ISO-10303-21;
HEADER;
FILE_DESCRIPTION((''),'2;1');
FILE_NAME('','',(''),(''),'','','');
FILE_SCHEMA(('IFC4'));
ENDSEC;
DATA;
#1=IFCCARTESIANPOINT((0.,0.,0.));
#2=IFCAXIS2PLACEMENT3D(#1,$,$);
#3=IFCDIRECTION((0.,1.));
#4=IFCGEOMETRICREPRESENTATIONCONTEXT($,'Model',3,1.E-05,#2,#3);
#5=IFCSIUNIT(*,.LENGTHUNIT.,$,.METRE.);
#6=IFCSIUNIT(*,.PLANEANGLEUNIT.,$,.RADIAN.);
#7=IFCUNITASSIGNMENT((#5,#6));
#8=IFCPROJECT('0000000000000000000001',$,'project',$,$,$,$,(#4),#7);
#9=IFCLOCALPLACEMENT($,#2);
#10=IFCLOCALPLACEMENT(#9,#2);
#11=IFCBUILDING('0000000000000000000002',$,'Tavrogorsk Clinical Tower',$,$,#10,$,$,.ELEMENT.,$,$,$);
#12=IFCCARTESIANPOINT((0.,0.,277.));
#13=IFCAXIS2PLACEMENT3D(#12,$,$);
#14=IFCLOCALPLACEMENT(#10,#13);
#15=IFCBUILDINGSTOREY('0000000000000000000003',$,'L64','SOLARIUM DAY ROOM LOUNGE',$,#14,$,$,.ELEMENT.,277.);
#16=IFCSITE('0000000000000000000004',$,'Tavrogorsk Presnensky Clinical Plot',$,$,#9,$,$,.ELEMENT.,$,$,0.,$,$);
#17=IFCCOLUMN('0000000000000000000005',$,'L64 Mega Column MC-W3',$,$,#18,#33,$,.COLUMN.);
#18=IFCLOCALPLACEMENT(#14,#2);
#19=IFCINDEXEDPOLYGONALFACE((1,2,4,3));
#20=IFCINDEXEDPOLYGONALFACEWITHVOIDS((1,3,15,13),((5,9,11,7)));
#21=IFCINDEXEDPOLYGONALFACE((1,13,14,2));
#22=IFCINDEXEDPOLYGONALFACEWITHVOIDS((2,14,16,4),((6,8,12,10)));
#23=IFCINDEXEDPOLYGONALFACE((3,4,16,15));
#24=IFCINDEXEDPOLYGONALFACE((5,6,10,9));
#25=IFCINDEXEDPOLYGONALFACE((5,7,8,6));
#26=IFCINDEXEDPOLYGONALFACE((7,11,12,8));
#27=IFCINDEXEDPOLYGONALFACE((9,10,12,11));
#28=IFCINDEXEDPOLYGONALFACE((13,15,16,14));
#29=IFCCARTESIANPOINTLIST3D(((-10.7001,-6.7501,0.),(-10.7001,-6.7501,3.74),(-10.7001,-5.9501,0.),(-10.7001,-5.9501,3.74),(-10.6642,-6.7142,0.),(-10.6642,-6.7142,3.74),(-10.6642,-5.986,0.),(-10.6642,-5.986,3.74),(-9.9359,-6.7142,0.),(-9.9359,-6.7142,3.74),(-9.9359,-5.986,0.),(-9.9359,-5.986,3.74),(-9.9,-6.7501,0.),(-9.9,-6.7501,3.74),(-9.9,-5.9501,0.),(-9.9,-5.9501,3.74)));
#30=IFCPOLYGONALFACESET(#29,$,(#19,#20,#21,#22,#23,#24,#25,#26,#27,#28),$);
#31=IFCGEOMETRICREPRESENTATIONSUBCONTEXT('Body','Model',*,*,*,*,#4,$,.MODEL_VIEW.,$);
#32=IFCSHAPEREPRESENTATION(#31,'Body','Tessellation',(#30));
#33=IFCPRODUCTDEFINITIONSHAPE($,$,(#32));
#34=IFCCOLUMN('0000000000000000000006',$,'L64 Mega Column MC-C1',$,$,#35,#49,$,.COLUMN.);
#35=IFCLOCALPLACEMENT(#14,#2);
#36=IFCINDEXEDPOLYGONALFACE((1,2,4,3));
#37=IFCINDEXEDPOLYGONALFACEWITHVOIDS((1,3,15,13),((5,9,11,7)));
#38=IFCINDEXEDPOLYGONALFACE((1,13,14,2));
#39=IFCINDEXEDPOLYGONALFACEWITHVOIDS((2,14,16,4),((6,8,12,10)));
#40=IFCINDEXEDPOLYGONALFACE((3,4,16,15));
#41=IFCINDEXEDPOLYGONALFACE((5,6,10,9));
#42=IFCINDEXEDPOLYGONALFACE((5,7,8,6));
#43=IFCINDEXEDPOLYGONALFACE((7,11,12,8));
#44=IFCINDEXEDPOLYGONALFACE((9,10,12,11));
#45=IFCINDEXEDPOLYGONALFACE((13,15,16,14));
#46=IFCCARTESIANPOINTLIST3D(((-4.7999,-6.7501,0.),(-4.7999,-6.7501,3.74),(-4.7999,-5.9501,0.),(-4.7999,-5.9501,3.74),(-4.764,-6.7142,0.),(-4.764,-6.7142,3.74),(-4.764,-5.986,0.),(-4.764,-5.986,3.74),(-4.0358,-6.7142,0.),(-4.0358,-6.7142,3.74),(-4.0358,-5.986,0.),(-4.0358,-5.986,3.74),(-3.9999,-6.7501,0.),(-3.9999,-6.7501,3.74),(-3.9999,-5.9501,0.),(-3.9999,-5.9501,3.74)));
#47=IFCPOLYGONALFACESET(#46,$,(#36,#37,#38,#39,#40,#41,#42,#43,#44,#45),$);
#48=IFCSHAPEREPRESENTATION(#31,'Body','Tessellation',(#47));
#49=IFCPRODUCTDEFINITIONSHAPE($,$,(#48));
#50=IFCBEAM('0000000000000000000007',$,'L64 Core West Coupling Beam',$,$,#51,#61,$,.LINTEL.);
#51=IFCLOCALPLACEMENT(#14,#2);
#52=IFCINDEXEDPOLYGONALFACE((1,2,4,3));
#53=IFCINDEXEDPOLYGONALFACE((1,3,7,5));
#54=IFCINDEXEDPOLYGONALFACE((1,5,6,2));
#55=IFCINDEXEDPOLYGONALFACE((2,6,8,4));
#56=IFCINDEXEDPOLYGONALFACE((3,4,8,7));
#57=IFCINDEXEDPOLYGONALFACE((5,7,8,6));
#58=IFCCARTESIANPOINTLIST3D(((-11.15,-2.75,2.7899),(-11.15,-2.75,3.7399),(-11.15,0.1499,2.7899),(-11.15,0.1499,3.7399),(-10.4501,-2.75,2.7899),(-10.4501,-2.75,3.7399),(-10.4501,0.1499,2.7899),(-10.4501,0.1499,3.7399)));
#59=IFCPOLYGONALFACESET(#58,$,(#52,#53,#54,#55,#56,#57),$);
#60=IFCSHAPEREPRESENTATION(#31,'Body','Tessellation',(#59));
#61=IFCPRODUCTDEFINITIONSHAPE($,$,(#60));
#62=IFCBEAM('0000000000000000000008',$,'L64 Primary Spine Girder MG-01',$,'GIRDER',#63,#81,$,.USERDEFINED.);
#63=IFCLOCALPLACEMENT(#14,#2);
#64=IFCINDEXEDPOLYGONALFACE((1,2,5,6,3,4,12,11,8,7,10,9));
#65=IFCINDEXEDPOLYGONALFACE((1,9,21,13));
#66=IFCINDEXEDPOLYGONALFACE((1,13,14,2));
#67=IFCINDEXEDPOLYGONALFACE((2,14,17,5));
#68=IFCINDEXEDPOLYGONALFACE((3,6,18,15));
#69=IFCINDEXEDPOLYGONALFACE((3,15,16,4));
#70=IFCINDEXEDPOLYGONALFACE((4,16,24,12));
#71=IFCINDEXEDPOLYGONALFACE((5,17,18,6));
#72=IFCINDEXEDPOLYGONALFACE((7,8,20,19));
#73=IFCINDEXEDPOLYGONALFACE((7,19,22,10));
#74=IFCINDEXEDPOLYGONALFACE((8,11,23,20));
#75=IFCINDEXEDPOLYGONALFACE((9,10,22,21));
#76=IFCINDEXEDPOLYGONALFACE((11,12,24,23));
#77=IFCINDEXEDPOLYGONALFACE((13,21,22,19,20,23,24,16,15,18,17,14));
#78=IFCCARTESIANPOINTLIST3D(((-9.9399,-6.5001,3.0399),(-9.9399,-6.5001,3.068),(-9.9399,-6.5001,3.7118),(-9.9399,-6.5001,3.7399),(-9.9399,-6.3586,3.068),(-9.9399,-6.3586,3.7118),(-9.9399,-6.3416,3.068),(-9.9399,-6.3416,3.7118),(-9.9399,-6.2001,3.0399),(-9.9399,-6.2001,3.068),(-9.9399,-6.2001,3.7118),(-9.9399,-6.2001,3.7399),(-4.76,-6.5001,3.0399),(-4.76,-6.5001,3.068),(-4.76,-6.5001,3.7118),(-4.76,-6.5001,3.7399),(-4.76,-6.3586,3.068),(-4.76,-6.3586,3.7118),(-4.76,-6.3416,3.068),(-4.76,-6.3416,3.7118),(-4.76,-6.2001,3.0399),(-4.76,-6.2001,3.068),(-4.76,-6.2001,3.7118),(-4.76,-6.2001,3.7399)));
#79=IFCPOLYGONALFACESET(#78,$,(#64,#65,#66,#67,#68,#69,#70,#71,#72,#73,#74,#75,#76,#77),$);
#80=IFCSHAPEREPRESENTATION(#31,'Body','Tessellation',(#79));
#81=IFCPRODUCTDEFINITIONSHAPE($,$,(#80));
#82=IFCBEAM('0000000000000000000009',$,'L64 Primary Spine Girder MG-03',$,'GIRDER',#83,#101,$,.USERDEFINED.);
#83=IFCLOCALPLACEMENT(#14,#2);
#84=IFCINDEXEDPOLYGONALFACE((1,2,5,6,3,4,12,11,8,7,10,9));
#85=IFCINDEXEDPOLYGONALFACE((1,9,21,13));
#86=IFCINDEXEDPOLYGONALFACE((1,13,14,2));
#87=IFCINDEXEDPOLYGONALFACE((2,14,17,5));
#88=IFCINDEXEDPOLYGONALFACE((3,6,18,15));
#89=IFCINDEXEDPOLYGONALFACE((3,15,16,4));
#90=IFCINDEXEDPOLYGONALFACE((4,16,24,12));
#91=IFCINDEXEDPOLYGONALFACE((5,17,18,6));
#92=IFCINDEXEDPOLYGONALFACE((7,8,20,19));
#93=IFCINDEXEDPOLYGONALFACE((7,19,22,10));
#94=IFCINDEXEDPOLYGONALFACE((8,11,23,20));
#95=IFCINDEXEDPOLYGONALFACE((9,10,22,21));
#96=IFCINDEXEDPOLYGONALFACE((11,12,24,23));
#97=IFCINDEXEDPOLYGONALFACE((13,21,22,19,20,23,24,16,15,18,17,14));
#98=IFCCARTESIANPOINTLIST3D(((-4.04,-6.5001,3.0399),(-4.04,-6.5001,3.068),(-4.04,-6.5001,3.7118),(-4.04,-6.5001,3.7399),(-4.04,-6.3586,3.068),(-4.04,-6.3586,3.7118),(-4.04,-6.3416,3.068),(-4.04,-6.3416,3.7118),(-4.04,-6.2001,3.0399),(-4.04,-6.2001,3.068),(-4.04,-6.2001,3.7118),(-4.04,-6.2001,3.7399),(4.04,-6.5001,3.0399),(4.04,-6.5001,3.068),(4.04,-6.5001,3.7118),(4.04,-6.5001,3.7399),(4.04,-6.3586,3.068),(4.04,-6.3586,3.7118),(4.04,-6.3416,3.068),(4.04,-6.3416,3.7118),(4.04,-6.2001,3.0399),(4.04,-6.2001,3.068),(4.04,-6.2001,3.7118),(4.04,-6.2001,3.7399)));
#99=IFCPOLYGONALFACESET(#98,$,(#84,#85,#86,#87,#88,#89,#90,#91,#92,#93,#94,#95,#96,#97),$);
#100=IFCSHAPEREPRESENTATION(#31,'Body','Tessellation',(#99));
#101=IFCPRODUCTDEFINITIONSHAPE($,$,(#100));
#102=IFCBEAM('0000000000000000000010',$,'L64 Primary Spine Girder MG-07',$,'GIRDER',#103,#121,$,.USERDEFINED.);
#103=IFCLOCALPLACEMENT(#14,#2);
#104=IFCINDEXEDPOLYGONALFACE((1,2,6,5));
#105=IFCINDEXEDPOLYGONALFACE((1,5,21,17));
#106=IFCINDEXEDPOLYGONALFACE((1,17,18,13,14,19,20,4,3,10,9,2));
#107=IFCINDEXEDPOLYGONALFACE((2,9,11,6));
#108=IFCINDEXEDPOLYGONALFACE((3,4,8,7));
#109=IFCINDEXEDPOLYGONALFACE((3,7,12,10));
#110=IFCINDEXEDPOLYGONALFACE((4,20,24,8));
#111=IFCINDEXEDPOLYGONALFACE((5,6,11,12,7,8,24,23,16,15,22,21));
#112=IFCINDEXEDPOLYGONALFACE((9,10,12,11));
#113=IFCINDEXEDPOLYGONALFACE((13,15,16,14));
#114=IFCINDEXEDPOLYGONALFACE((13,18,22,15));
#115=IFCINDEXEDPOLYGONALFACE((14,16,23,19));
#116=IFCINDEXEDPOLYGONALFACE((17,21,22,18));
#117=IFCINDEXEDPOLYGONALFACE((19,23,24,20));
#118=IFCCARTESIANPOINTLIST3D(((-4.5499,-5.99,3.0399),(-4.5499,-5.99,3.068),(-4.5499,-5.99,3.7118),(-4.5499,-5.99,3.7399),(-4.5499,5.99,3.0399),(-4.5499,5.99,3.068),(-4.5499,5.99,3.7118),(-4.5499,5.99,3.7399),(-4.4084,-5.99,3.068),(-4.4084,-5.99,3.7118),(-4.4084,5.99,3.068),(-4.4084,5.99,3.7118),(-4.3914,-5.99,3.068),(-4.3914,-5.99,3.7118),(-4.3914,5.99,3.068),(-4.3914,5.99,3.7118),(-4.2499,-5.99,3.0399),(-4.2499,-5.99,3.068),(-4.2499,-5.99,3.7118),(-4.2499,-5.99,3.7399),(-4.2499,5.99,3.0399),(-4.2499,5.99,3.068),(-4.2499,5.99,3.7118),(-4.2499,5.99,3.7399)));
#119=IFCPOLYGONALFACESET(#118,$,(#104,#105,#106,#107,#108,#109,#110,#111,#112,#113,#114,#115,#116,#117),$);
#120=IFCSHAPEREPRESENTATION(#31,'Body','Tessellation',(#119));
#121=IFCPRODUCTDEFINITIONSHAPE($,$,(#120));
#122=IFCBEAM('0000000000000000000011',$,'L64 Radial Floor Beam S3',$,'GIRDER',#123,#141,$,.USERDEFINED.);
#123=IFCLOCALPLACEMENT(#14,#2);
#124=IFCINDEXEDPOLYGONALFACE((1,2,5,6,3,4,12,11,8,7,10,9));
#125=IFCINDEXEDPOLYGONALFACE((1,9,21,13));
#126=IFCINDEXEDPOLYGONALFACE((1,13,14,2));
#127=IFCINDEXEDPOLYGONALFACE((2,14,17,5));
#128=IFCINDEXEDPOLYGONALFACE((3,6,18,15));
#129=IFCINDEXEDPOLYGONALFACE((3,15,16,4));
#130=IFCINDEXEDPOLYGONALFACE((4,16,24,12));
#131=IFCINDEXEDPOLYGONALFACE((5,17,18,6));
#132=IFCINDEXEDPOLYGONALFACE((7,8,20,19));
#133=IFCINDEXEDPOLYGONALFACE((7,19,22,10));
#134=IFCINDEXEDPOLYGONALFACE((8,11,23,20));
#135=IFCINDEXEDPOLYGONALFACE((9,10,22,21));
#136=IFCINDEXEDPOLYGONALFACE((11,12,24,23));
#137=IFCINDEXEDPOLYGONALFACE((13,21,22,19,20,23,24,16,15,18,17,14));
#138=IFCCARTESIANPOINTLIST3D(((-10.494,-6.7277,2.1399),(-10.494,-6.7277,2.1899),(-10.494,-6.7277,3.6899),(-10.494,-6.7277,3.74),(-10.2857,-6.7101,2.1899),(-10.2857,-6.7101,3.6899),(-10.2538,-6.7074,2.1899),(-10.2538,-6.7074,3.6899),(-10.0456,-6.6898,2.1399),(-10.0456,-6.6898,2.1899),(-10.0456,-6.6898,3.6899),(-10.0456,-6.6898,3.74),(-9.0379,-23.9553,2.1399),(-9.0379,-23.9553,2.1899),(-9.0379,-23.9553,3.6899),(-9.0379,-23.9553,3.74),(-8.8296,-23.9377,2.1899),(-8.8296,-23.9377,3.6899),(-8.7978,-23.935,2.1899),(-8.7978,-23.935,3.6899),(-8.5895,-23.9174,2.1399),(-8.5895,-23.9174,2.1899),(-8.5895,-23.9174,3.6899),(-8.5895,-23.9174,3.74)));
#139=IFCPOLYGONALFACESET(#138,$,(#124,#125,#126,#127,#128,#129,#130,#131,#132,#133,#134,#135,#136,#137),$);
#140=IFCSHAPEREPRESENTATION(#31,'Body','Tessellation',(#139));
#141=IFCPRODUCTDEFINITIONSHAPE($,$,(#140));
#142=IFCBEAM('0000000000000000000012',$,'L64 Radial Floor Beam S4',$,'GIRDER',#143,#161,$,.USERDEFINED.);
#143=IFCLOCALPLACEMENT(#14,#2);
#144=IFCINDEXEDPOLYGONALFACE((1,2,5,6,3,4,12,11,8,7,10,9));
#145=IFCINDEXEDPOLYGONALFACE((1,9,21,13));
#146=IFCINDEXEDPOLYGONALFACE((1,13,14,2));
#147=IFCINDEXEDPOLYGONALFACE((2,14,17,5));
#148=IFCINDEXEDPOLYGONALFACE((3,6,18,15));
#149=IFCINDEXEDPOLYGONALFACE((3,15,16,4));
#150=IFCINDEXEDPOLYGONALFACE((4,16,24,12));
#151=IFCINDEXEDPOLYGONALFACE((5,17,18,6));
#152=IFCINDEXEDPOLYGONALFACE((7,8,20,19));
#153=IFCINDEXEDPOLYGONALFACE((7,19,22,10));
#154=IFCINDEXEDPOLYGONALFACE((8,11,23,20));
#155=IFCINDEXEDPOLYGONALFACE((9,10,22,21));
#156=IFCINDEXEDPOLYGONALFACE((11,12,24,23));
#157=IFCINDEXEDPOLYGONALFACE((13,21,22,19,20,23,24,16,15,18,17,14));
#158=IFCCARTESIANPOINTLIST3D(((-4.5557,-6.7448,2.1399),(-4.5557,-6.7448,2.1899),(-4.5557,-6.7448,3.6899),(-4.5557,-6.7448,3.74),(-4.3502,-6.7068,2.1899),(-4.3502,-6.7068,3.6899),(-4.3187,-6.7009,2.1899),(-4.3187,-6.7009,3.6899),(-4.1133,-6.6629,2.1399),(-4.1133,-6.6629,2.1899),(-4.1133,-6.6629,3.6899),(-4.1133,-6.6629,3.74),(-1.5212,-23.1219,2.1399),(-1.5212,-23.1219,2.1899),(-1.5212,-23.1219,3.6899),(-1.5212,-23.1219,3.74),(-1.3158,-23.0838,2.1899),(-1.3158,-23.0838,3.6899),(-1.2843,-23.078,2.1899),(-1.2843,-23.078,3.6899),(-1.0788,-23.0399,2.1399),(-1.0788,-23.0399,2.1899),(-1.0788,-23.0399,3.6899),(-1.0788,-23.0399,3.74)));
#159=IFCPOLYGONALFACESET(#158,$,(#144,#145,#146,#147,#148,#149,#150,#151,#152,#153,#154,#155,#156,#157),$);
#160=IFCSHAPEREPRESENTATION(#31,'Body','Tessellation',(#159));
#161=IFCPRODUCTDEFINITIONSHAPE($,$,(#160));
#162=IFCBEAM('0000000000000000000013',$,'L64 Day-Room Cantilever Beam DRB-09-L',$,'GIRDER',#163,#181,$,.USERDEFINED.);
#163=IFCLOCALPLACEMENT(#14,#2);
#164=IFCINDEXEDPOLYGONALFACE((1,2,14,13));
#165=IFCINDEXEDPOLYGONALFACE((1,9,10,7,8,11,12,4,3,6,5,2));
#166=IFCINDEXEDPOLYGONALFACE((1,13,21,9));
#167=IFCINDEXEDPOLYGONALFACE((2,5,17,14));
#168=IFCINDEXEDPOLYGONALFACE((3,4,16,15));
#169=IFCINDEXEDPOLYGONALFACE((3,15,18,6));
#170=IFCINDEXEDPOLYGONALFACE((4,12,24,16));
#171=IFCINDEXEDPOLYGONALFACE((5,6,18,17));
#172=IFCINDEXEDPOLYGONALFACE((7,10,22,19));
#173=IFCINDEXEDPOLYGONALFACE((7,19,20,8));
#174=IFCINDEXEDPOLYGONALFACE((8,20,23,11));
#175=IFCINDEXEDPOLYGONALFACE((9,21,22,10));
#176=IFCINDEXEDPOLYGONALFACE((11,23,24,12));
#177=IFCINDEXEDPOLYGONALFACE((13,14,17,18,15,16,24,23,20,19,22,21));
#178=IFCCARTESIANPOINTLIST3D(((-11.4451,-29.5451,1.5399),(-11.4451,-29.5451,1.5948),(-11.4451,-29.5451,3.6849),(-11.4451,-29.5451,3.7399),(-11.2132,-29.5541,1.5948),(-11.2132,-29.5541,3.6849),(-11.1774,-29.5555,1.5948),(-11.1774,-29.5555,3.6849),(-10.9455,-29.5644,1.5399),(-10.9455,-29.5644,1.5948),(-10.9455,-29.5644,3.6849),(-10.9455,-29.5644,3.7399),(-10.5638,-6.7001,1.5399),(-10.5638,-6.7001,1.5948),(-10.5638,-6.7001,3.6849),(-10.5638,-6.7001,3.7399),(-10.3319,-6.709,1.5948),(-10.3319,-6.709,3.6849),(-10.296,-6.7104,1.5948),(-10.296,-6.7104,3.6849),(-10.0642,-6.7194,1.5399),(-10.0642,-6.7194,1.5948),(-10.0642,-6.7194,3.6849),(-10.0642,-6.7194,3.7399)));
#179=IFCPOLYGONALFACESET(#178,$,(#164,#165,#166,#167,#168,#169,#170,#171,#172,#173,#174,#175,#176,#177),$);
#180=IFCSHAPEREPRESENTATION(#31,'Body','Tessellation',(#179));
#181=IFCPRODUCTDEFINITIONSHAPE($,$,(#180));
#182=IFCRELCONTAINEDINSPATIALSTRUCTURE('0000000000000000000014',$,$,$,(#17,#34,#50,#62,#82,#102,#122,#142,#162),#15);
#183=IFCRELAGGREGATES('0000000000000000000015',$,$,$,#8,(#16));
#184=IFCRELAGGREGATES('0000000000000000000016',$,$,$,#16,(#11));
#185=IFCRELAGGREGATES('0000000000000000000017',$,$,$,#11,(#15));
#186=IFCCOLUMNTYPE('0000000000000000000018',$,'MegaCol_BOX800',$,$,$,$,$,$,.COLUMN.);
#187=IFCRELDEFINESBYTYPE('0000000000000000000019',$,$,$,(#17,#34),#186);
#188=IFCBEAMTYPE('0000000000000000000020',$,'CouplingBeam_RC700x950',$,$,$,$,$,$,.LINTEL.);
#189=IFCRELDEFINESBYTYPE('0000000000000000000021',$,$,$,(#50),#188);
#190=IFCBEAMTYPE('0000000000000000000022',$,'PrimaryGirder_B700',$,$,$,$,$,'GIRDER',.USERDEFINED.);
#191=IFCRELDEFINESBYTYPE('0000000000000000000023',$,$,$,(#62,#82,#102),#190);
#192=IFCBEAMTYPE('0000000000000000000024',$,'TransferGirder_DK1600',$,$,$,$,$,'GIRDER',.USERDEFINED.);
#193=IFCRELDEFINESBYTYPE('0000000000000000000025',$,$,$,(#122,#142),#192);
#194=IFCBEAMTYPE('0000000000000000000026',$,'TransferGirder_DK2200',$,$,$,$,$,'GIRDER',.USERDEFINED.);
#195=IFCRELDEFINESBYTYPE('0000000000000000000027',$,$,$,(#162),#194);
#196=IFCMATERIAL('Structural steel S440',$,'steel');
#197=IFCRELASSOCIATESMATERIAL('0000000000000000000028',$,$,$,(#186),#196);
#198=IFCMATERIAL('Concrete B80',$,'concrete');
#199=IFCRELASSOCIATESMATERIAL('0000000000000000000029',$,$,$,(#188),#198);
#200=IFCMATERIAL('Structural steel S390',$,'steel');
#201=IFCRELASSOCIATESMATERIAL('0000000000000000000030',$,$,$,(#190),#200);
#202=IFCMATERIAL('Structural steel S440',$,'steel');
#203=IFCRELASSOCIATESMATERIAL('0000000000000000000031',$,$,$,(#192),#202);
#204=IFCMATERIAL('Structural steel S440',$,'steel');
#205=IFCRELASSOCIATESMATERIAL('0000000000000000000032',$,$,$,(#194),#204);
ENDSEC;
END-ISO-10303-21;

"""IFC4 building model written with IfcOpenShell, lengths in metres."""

from ifc_helpers import new_model, si_unit, direction, frame, origin, origin_2d, place, context, subcontext, project, spatial, rectangle, hollow_rectangle, i_section, extrude, material, material_profile, profile_set, type_object, element, save


model = new_model("IFC4")

# Units and contexts
model_context = context("Model", 3, precision=1e-05, world=origin(), true_north=direction((0.0, 1.0)))
body_context = subcontext(model_context, "Body", "Model", "MODEL_VIEW")
ifc_project = project(units=[si_unit("LENGTHUNIT", "METRE"), si_unit("PLANEANGLEUNIT", "RADIAN")], contexts=[model_context])

# Site, building, storey
site_placement = place(None, origin())
site = spatial("IfcSite", under=ifc_project, at=site_placement, Name="Tavrogorsk Presnensky Clinical Plot", CompositionType="ELEMENT", RefElevation=0.0)
building_placement = place(site_placement, origin())
building = spatial("IfcBuilding", under=site, at=building_placement, Name="Tavrogorsk Clinical Tower", CompositionType="ELEMENT")
storey_placement = place(building_placement, frame((0.0, 0.0, 277.0)))
storey = spatial("IfcBuildingStorey", under=building, at=storey_placement, Name="L64", Description="SOLARIUM DAY ROOM LOUNGE", CompositionType="ELEMENT", Elevation=277.0)

# Columns
ifc_material_1 = material(Name="Structural steel S440", Category="steel")
ifc_material_profile_1 = material_profile(ifc_material_1, hollow_rectangle(XDim=0.8, YDim=0.8, WallThickness=0.0359, at=origin_2d()), Name="BOX-800x800x36")
ifc_profile_set_1 = profile_set([ifc_material_profile_1], Name="Structural steel S440")
column_type = type_object("IfcColumnType", Name="MegaCol_BOX800", PredefinedType="COLUMN", material=ifc_profile_set_1)
for number, where, z_axis, x_axis, name in (
    (1, (-10.3, -6.3501, 0.0), (0.0, 0.0, 1.0), (1.0, 0.0, 0.0), "L64 Mega Column MC-W3"),
    (2, (-4.3999, -6.3501, 0.0), (0.0, 0.0, 1.0), (1.0, 0.0, 0.0), "L64 Mega Column MC-C1"),
):
    element("IfcColumn", number, at=place(storey_placement, frame(where, z_axis=z_axis, x_axis=x_axis)), inside=storey, type_object=column_type, Name=name, PredefinedType="COLUMN", context=body_context, shape_type="SweptSolid", body=[
        extrude(hollow_rectangle(XDim=0.8, YDim=0.8, WallThickness=0.0359, at=origin_2d()), origin(), (0.0, 0.0, 1.0), 3.74),
    ])

# Beams
ifc_material_2 = material(Name="Concrete B80", Category="concrete")
ifc_material_profile_2 = material_profile(ifc_material_2, rectangle(XDim=0.7, YDim=0.95, at=origin_2d()), Name="RC-CB-700x950")
ifc_profile_set_2 = profile_set([ifc_material_profile_2], Name="Concrete B80")
beam_type_1 = type_object("IfcBeamType", Name="CouplingBeam_RC700x950", PredefinedType="LINTEL", material=ifc_profile_set_2)
beam_1_placement = place(storey_placement, frame((-10.8, -2.75, 3.2649), z_axis=(0.0, 1.0, 0.0), x_axis=(-1.0, 0.0, 0.0)))
element("IfcBeam", 3, at=beam_1_placement, inside=storey, type_object=beam_type_1, Name="L64 Core West Coupling Beam", PredefinedType="LINTEL", context=body_context, shape_type="SweptSolid", body=[
    extrude(rectangle(XDim=0.7, YDim=0.95, at=origin_2d()), origin(), (0.0, 0.0, 1.0), 2.8999),
])
ifc_material_3 = material(Name="Structural steel S390", Category="steel")
ifc_material_profile_3 = material_profile(ifc_material_3, i_section(OverallWidth=0.3, OverallDepth=0.7, WebThickness=0.0171, FlangeThickness=0.0281, at=origin_2d()), Name="B-700x300x17x28")
ifc_profile_set_3 = profile_set([ifc_material_profile_3], Name="Structural steel S390")
beam_type_2 = type_object("IfcBeamType", Name="PrimaryGirder_B700", ElementType="GIRDER", PredefinedType="USERDEFINED", material=ifc_profile_set_3)
beam_2_placement = place(storey_placement, frame((-9.9399, -6.3501, 3.3899), z_axis=(1.0, 0.0, 0.0), x_axis=(0.0, 1.0, 0.0)))
element("IfcBeam", 4, at=beam_2_placement, inside=storey, type_object=beam_type_2, Name="L64 Primary Spine Girder MG-01", ObjectType="GIRDER", PredefinedType="USERDEFINED", context=body_context, shape_type="SweptSolid", body=[
    extrude(i_section(OverallWidth=0.3, OverallDepth=0.7, WebThickness=0.0171, FlangeThickness=0.0281, at=origin_2d()), origin(), (0.0, 0.0, 1.0), 5.1799),
])
beam_3_placement = place(storey_placement, frame((-4.04, -6.3501, 3.3899), z_axis=(1.0, 0.0, 0.0), x_axis=(0.0, 1.0, 0.0)))
element("IfcBeam", 5, at=beam_3_placement, inside=storey, type_object=beam_type_2, Name="L64 Primary Spine Girder MG-03", ObjectType="GIRDER", PredefinedType="USERDEFINED", context=body_context, shape_type="SweptSolid", body=[
    extrude(i_section(OverallWidth=0.3, OverallDepth=0.7, WebThickness=0.0171, FlangeThickness=0.0281, at=origin_2d()), origin(), (0.0, 0.0, 1.0), 8.0801),
])
beam_4_placement = place(storey_placement, frame((-4.3999, -5.99, 3.3899), z_axis=(0.0, 1.0, 0.0), x_axis=(-1.0, 0.0, 0.0)))
element("IfcBeam", 6, at=beam_4_placement, inside=storey, type_object=beam_type_2, Name="L64 Primary Spine Girder MG-07", ObjectType="GIRDER", PredefinedType="USERDEFINED", context=body_context, shape_type="SweptSolid", body=[
    extrude(i_section(OverallWidth=0.3, OverallDepth=0.7, WebThickness=0.0171, FlangeThickness=0.0281, at=origin_2d()), origin(), (0.0, 0.0, 1.0), 11.98),
])
ifc_material_4 = material(Name="Structural steel S440", Category="steel")
ifc_material_profile_4 = material_profile(ifc_material_4, i_section(OverallWidth=0.45, OverallDepth=1.6001, WebThickness=0.032, FlangeThickness=0.05, at=origin_2d()), Name="DK-1600x450x32x50")
ifc_profile_set_4 = profile_set([ifc_material_profile_4], Name="Structural steel S440")
beam_type_3 = type_object("IfcBeamType", Name="TransferGirder_DK1600", ElementType="GIRDER", PredefinedType="USERDEFINED", material=ifc_profile_set_4)
beam_5_placement = place(storey_placement, frame((-10.2698, -6.7087, 2.9399), z_axis=(0.084219, -0.996447, 0.0), x_axis=(0.996447, 0.084219, 0.0)))
element("IfcBeam", 7, at=beam_5_placement, inside=storey, type_object=beam_type_3, Name="L64 Radial Floor Beam S3", ObjectType="GIRDER", PredefinedType="USERDEFINED", context=body_context, shape_type="SweptSolid", body=[
    extrude(i_section(OverallWidth=0.45, OverallDepth=1.6001, WebThickness=0.032, FlangeThickness=0.05, at=origin_2d()), origin(), (0.0, 0.0, 1.0), 17.2891),
])
beam_6_placement = place(storey_placement, frame((-4.3345, -6.7039, 2.9399), z_axis=(0.182185, -0.983264, 0.0), x_axis=(0.983264, 0.182185, 0.0)))
element("IfcBeam", 8, at=beam_6_placement, inside=storey, type_object=beam_type_3, Name="L64 Radial Floor Beam S4", ObjectType="GIRDER", PredefinedType="USERDEFINED", context=body_context, shape_type="SweptSolid", body=[
    extrude(i_section(OverallWidth=0.45, OverallDepth=1.6001, WebThickness=0.032, FlangeThickness=0.05, at=origin_2d()), origin(), (0.0, 0.0, 1.0), 16.6558),
])
ifc_material_5 = material(Name="Structural steel S440", Category="steel")
ifc_material_profile_5 = material_profile(ifc_material_5, i_section(OverallWidth=0.5, OverallDepth=2.2, WebThickness=0.0359, FlangeThickness=0.0549, at=origin_2d()), Name="DK-2200x500x36x55")
ifc_profile_set_5 = profile_set([ifc_material_profile_5], Name="Structural steel S440")
beam_type_4 = type_object("IfcBeamType", Name="TransferGirder_DK2200", ElementType="GIRDER", PredefinedType="USERDEFINED", material=ifc_profile_set_5)
beam_7_placement = place(storey_placement, frame((-10.314, -6.7097, 2.6399), z_axis=(-0.038551, -0.999257, 0.0), x_axis=(0.999257, -0.038551, 0.0)))
element("IfcBeam", 9, at=beam_7_placement, inside=storey, type_object=beam_type_4, Name="L64 Day-Room Cantilever Beam DRB-09-L", ObjectType="GIRDER", PredefinedType="USERDEFINED", context=body_context, shape_type="SweptSolid", body=[
    extrude(i_section(OverallWidth=0.5, OverallDepth=2.2, WebThickness=0.0359, FlangeThickness=0.0549, at=origin_2d()), origin(), (0.0, 0.0, 1.0), 22.8621),
])

save(model, "model.ifc")
